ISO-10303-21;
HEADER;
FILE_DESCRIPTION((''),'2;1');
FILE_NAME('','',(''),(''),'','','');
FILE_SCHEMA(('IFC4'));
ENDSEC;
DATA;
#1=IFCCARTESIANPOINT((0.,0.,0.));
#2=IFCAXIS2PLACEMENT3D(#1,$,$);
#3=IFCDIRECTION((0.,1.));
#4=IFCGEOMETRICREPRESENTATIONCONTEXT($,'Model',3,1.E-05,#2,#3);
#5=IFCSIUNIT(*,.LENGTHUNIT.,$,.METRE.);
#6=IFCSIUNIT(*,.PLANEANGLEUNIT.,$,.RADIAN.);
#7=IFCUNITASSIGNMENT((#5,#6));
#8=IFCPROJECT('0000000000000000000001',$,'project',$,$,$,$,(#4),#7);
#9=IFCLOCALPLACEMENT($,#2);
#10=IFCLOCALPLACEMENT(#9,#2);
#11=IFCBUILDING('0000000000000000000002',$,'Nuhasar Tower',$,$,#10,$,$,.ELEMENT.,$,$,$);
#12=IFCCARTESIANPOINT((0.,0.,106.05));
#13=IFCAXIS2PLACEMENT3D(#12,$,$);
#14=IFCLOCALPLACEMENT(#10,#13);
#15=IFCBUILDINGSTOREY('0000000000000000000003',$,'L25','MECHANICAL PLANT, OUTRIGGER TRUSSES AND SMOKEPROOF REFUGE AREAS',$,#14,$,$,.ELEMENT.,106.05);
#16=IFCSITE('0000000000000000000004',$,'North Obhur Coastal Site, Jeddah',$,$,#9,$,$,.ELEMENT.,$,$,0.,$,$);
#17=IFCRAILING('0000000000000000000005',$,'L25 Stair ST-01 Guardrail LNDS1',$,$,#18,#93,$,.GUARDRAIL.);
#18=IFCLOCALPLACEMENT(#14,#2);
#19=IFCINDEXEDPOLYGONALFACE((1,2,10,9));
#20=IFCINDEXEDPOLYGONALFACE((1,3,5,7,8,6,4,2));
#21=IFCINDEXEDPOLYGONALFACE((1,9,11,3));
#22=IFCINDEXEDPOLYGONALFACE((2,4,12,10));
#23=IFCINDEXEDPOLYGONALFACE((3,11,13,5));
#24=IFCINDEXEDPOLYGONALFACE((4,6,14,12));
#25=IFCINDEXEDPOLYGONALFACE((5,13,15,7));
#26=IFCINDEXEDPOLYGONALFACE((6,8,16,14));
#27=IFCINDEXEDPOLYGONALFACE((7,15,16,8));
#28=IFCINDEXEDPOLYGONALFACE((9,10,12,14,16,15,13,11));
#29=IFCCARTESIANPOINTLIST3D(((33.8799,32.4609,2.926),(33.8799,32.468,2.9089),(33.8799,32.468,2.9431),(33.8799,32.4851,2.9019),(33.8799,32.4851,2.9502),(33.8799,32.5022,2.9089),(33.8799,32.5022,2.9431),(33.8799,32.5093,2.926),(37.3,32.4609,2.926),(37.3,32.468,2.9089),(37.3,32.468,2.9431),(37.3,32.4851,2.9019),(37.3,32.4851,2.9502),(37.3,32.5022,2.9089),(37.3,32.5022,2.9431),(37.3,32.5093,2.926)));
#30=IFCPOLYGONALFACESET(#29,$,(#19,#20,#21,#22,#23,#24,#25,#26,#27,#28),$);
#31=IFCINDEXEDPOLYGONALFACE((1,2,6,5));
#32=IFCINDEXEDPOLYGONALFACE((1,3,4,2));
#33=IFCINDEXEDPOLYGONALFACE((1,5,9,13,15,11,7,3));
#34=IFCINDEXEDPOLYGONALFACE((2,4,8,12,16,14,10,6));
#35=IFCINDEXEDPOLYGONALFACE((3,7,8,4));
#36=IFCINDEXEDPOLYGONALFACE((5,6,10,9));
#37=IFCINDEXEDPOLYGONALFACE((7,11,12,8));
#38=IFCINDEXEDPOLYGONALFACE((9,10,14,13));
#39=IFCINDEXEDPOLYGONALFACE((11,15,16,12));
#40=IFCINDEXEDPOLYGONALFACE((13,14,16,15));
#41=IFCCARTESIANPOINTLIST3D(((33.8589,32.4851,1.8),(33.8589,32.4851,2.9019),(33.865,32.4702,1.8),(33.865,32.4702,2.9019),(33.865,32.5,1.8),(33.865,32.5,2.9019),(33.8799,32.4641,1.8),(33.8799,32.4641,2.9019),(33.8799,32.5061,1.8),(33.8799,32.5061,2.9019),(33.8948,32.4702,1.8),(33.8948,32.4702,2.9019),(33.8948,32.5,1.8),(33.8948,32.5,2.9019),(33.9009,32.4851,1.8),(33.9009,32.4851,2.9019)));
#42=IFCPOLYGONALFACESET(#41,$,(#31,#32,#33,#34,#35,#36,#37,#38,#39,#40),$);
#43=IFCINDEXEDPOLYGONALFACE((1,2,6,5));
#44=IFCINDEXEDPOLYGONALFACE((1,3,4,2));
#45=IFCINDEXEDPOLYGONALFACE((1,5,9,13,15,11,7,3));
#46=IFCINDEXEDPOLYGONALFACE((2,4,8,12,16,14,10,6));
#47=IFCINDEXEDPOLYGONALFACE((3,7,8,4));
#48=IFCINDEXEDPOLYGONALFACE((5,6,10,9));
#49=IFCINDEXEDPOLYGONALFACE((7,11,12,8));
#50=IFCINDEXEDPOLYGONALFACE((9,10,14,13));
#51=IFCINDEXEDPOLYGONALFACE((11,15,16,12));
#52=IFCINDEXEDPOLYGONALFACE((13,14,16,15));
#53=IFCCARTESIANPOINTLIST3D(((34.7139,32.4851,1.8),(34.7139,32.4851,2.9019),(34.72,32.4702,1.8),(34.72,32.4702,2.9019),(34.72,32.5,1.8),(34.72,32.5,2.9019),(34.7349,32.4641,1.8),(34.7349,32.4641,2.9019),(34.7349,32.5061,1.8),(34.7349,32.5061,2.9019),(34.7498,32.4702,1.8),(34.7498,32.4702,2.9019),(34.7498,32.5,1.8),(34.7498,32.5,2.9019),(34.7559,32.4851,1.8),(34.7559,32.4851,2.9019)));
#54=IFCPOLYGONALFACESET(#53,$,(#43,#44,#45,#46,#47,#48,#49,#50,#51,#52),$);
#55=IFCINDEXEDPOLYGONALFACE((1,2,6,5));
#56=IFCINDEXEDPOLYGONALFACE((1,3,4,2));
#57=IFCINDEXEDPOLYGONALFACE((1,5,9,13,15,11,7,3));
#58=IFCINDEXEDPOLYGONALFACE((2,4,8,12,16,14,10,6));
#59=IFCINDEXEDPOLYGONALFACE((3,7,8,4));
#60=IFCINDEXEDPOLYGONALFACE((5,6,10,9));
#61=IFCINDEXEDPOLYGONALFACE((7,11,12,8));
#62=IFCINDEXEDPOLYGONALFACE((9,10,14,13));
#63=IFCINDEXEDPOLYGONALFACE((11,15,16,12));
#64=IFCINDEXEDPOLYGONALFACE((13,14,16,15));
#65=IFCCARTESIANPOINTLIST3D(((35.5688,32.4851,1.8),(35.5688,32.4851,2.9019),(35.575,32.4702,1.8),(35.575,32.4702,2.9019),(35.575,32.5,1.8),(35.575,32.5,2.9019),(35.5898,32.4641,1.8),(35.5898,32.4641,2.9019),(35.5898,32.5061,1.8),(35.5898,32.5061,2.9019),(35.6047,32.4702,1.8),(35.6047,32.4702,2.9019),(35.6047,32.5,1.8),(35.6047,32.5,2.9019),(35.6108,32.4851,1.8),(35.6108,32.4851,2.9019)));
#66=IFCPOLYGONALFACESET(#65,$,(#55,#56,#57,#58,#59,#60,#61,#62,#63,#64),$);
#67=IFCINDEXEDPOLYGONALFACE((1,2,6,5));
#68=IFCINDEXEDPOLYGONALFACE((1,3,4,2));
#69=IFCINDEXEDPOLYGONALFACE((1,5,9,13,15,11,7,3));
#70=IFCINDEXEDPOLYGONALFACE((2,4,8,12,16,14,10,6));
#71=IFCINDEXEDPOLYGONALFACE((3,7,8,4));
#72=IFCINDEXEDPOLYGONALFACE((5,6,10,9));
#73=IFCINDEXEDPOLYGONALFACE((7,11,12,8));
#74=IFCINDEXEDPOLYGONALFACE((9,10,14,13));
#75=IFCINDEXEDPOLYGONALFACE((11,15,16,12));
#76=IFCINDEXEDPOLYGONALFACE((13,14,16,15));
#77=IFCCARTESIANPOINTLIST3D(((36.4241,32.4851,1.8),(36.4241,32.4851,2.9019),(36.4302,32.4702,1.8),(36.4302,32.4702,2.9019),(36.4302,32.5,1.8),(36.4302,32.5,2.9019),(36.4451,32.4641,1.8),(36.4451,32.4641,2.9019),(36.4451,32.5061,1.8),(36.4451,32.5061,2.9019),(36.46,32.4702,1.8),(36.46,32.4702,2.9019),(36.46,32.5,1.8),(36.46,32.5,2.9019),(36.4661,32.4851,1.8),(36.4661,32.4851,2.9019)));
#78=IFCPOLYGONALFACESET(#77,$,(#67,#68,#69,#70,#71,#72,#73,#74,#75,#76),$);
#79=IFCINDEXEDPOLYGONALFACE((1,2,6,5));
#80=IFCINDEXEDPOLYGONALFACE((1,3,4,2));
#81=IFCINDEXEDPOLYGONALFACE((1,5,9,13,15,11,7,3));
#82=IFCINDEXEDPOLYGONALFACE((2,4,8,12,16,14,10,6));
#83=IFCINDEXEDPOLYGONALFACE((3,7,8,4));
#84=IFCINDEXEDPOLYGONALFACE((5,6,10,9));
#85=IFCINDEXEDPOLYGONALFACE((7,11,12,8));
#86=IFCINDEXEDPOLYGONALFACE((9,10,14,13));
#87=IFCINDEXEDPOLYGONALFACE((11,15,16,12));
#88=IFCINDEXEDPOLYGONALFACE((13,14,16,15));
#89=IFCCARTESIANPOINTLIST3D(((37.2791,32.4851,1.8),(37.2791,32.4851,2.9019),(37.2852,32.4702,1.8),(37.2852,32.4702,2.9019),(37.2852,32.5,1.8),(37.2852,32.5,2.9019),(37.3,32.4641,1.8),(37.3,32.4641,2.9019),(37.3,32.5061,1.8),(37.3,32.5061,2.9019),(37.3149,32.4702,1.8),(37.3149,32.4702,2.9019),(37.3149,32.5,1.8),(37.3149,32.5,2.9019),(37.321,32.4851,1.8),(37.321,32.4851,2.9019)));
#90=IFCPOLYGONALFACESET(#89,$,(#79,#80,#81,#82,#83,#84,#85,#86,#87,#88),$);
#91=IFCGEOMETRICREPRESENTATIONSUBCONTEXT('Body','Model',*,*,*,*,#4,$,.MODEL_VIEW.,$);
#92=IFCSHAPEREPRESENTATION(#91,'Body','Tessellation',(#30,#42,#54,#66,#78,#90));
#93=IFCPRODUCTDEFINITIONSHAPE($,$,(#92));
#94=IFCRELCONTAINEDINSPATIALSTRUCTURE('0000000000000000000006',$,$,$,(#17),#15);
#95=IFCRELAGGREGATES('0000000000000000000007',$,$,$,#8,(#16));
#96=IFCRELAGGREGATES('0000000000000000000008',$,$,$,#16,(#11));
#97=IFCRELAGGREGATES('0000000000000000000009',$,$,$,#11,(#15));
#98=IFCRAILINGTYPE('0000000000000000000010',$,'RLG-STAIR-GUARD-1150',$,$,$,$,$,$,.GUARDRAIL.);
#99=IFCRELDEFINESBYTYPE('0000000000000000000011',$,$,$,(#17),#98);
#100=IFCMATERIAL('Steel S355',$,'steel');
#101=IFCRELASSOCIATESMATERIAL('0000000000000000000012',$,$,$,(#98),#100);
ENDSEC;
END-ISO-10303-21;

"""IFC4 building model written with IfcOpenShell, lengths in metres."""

from ifc_helpers import new_model, si_unit, direction, frame, origin, place, context, subcontext, project, spatial, polyline, outline, extrude, material, type_object, element, save


model = new_model("IFC4")

# Units and contexts
model_context = context("Model", 3, precision=1e-05, world=origin(), true_north=direction((0.0, 1.0)))
body_context = subcontext(model_context, "Body", "Model", "MODEL_VIEW")
ifc_project = project(units=[si_unit("LENGTHUNIT", "METRE"), si_unit("PLANEANGLEUNIT", "RADIAN")], contexts=[model_context])

# Site, building, storey
site_placement = place(None, origin())
site = spatial("IfcSite", under=ifc_project, at=site_placement, Name="North Obhur Coastal Site, Jeddah", CompositionType="ELEMENT", RefElevation=0.0)
building_placement = place(site_placement, origin())
building = spatial("IfcBuilding", under=site, at=building_placement, Name="Nuhasar Tower", CompositionType="ELEMENT")
storey_placement = place(building_placement, frame((0.0, 0.0, 106.05)))
storey = spatial("IfcBuildingStorey", under=building, at=storey_placement, Name="L25", Description="MECHANICAL PLANT, OUTRIGGER TRUSSES AND SMOKEPROOF REFUGE AREAS", CompositionType="ELEMENT", Elevation=106.05)

# Shared definitions
ifc_material_1 = material(Name="Steel S355", Category="steel")

# Railing
railing_type_1 = type_object("IfcRailingType", Name="RLG-STAIR-GUARD-1150", PredefinedType="GUARDRAIL", material=ifc_material_1)
railing_1_placement = place(storey_placement, frame((33.8799, 32.4851, 1.8)))
element("IfcRailing", 1, at=railing_1_placement, inside=storey, type_object=railing_type_1, Name="L25 Stair ST-01 Guardrail LNDS1", PredefinedType="GUARDRAIL", context=body_context, shape_type="SweptSolid", body=[
    extrude(outline(polyline([(0.0242, 0.0), (0.0171, 0.0171), (0.0, 0.0242), (-0.0171, 0.0171), (-0.0242, 0.0), (-0.0171, -0.0171), (0.0, -0.0242), (0.0171, -0.0171), (0.0242, 0.0)])), frame((0.0, 0.0, 1.126), z_axis=(1.0, 0.0, 0.0), x_axis=(0.0, 1.0, 0.0)), (0.0, 0.0, 1.0), 3.4202),
    extrude(outline(polyline([(0.021, 0.0), (0.0149, 0.0149), (0.0, 0.021), (-0.0149, 0.0149), (-0.021, 0.0), (-0.0149, -0.0149), (0.0, -0.021), (0.0149, -0.0149), (0.021, 0.0)])), origin(), (0.0, 0.0, 1.0), 1.1018),
    extrude(outline(polyline([(0.021, 0.0), (0.0149, 0.0149), (0.0, 0.021), (-0.0149, 0.0149), (-0.021, 0.0), (-0.0149, -0.0149), (0.0, -0.021), (0.0149, -0.0149), (0.021, 0.0)])), frame((0.855, 0.0, 0.0)), (0.0, 0.0, 1.0), 1.1018),
    extrude(outline(polyline([(0.021, 0.0), (0.0149, 0.0149), (0.0, 0.021), (-0.0149, 0.0149), (-0.021, 0.0), (-0.0149, -0.0149), (0.0, -0.021), (0.0149, -0.0149), (0.021, 0.0)])), frame((1.71, 0.0, 0.0)), (0.0, 0.0, 1.0), 1.1018),
    extrude(outline(polyline([(0.021, 0.0), (0.0149, 0.0149), (0.0, 0.021), (-0.0149, 0.0149), (-0.021, 0.0), (-0.0149, -0.0149), (0.0, -0.021), (0.0149, -0.0149), (0.021, 0.0)])), frame((2.5652, 0.0, 0.0)), (0.0, 0.0, 1.0), 1.1018),
    extrude(outline(polyline([(0.021, 0.0), (0.0149, 0.0149), (0.0, 0.021), (-0.0149, 0.0149), (-0.021, 0.0), (-0.0149, -0.0149), (0.0, -0.021), (0.0149, -0.0149), (0.021, 0.0)])), frame((3.4202, 0.0, 0.0)), (0.0, 0.0, 1.0), 1.1018),
])

save(model, "model.ifc")
